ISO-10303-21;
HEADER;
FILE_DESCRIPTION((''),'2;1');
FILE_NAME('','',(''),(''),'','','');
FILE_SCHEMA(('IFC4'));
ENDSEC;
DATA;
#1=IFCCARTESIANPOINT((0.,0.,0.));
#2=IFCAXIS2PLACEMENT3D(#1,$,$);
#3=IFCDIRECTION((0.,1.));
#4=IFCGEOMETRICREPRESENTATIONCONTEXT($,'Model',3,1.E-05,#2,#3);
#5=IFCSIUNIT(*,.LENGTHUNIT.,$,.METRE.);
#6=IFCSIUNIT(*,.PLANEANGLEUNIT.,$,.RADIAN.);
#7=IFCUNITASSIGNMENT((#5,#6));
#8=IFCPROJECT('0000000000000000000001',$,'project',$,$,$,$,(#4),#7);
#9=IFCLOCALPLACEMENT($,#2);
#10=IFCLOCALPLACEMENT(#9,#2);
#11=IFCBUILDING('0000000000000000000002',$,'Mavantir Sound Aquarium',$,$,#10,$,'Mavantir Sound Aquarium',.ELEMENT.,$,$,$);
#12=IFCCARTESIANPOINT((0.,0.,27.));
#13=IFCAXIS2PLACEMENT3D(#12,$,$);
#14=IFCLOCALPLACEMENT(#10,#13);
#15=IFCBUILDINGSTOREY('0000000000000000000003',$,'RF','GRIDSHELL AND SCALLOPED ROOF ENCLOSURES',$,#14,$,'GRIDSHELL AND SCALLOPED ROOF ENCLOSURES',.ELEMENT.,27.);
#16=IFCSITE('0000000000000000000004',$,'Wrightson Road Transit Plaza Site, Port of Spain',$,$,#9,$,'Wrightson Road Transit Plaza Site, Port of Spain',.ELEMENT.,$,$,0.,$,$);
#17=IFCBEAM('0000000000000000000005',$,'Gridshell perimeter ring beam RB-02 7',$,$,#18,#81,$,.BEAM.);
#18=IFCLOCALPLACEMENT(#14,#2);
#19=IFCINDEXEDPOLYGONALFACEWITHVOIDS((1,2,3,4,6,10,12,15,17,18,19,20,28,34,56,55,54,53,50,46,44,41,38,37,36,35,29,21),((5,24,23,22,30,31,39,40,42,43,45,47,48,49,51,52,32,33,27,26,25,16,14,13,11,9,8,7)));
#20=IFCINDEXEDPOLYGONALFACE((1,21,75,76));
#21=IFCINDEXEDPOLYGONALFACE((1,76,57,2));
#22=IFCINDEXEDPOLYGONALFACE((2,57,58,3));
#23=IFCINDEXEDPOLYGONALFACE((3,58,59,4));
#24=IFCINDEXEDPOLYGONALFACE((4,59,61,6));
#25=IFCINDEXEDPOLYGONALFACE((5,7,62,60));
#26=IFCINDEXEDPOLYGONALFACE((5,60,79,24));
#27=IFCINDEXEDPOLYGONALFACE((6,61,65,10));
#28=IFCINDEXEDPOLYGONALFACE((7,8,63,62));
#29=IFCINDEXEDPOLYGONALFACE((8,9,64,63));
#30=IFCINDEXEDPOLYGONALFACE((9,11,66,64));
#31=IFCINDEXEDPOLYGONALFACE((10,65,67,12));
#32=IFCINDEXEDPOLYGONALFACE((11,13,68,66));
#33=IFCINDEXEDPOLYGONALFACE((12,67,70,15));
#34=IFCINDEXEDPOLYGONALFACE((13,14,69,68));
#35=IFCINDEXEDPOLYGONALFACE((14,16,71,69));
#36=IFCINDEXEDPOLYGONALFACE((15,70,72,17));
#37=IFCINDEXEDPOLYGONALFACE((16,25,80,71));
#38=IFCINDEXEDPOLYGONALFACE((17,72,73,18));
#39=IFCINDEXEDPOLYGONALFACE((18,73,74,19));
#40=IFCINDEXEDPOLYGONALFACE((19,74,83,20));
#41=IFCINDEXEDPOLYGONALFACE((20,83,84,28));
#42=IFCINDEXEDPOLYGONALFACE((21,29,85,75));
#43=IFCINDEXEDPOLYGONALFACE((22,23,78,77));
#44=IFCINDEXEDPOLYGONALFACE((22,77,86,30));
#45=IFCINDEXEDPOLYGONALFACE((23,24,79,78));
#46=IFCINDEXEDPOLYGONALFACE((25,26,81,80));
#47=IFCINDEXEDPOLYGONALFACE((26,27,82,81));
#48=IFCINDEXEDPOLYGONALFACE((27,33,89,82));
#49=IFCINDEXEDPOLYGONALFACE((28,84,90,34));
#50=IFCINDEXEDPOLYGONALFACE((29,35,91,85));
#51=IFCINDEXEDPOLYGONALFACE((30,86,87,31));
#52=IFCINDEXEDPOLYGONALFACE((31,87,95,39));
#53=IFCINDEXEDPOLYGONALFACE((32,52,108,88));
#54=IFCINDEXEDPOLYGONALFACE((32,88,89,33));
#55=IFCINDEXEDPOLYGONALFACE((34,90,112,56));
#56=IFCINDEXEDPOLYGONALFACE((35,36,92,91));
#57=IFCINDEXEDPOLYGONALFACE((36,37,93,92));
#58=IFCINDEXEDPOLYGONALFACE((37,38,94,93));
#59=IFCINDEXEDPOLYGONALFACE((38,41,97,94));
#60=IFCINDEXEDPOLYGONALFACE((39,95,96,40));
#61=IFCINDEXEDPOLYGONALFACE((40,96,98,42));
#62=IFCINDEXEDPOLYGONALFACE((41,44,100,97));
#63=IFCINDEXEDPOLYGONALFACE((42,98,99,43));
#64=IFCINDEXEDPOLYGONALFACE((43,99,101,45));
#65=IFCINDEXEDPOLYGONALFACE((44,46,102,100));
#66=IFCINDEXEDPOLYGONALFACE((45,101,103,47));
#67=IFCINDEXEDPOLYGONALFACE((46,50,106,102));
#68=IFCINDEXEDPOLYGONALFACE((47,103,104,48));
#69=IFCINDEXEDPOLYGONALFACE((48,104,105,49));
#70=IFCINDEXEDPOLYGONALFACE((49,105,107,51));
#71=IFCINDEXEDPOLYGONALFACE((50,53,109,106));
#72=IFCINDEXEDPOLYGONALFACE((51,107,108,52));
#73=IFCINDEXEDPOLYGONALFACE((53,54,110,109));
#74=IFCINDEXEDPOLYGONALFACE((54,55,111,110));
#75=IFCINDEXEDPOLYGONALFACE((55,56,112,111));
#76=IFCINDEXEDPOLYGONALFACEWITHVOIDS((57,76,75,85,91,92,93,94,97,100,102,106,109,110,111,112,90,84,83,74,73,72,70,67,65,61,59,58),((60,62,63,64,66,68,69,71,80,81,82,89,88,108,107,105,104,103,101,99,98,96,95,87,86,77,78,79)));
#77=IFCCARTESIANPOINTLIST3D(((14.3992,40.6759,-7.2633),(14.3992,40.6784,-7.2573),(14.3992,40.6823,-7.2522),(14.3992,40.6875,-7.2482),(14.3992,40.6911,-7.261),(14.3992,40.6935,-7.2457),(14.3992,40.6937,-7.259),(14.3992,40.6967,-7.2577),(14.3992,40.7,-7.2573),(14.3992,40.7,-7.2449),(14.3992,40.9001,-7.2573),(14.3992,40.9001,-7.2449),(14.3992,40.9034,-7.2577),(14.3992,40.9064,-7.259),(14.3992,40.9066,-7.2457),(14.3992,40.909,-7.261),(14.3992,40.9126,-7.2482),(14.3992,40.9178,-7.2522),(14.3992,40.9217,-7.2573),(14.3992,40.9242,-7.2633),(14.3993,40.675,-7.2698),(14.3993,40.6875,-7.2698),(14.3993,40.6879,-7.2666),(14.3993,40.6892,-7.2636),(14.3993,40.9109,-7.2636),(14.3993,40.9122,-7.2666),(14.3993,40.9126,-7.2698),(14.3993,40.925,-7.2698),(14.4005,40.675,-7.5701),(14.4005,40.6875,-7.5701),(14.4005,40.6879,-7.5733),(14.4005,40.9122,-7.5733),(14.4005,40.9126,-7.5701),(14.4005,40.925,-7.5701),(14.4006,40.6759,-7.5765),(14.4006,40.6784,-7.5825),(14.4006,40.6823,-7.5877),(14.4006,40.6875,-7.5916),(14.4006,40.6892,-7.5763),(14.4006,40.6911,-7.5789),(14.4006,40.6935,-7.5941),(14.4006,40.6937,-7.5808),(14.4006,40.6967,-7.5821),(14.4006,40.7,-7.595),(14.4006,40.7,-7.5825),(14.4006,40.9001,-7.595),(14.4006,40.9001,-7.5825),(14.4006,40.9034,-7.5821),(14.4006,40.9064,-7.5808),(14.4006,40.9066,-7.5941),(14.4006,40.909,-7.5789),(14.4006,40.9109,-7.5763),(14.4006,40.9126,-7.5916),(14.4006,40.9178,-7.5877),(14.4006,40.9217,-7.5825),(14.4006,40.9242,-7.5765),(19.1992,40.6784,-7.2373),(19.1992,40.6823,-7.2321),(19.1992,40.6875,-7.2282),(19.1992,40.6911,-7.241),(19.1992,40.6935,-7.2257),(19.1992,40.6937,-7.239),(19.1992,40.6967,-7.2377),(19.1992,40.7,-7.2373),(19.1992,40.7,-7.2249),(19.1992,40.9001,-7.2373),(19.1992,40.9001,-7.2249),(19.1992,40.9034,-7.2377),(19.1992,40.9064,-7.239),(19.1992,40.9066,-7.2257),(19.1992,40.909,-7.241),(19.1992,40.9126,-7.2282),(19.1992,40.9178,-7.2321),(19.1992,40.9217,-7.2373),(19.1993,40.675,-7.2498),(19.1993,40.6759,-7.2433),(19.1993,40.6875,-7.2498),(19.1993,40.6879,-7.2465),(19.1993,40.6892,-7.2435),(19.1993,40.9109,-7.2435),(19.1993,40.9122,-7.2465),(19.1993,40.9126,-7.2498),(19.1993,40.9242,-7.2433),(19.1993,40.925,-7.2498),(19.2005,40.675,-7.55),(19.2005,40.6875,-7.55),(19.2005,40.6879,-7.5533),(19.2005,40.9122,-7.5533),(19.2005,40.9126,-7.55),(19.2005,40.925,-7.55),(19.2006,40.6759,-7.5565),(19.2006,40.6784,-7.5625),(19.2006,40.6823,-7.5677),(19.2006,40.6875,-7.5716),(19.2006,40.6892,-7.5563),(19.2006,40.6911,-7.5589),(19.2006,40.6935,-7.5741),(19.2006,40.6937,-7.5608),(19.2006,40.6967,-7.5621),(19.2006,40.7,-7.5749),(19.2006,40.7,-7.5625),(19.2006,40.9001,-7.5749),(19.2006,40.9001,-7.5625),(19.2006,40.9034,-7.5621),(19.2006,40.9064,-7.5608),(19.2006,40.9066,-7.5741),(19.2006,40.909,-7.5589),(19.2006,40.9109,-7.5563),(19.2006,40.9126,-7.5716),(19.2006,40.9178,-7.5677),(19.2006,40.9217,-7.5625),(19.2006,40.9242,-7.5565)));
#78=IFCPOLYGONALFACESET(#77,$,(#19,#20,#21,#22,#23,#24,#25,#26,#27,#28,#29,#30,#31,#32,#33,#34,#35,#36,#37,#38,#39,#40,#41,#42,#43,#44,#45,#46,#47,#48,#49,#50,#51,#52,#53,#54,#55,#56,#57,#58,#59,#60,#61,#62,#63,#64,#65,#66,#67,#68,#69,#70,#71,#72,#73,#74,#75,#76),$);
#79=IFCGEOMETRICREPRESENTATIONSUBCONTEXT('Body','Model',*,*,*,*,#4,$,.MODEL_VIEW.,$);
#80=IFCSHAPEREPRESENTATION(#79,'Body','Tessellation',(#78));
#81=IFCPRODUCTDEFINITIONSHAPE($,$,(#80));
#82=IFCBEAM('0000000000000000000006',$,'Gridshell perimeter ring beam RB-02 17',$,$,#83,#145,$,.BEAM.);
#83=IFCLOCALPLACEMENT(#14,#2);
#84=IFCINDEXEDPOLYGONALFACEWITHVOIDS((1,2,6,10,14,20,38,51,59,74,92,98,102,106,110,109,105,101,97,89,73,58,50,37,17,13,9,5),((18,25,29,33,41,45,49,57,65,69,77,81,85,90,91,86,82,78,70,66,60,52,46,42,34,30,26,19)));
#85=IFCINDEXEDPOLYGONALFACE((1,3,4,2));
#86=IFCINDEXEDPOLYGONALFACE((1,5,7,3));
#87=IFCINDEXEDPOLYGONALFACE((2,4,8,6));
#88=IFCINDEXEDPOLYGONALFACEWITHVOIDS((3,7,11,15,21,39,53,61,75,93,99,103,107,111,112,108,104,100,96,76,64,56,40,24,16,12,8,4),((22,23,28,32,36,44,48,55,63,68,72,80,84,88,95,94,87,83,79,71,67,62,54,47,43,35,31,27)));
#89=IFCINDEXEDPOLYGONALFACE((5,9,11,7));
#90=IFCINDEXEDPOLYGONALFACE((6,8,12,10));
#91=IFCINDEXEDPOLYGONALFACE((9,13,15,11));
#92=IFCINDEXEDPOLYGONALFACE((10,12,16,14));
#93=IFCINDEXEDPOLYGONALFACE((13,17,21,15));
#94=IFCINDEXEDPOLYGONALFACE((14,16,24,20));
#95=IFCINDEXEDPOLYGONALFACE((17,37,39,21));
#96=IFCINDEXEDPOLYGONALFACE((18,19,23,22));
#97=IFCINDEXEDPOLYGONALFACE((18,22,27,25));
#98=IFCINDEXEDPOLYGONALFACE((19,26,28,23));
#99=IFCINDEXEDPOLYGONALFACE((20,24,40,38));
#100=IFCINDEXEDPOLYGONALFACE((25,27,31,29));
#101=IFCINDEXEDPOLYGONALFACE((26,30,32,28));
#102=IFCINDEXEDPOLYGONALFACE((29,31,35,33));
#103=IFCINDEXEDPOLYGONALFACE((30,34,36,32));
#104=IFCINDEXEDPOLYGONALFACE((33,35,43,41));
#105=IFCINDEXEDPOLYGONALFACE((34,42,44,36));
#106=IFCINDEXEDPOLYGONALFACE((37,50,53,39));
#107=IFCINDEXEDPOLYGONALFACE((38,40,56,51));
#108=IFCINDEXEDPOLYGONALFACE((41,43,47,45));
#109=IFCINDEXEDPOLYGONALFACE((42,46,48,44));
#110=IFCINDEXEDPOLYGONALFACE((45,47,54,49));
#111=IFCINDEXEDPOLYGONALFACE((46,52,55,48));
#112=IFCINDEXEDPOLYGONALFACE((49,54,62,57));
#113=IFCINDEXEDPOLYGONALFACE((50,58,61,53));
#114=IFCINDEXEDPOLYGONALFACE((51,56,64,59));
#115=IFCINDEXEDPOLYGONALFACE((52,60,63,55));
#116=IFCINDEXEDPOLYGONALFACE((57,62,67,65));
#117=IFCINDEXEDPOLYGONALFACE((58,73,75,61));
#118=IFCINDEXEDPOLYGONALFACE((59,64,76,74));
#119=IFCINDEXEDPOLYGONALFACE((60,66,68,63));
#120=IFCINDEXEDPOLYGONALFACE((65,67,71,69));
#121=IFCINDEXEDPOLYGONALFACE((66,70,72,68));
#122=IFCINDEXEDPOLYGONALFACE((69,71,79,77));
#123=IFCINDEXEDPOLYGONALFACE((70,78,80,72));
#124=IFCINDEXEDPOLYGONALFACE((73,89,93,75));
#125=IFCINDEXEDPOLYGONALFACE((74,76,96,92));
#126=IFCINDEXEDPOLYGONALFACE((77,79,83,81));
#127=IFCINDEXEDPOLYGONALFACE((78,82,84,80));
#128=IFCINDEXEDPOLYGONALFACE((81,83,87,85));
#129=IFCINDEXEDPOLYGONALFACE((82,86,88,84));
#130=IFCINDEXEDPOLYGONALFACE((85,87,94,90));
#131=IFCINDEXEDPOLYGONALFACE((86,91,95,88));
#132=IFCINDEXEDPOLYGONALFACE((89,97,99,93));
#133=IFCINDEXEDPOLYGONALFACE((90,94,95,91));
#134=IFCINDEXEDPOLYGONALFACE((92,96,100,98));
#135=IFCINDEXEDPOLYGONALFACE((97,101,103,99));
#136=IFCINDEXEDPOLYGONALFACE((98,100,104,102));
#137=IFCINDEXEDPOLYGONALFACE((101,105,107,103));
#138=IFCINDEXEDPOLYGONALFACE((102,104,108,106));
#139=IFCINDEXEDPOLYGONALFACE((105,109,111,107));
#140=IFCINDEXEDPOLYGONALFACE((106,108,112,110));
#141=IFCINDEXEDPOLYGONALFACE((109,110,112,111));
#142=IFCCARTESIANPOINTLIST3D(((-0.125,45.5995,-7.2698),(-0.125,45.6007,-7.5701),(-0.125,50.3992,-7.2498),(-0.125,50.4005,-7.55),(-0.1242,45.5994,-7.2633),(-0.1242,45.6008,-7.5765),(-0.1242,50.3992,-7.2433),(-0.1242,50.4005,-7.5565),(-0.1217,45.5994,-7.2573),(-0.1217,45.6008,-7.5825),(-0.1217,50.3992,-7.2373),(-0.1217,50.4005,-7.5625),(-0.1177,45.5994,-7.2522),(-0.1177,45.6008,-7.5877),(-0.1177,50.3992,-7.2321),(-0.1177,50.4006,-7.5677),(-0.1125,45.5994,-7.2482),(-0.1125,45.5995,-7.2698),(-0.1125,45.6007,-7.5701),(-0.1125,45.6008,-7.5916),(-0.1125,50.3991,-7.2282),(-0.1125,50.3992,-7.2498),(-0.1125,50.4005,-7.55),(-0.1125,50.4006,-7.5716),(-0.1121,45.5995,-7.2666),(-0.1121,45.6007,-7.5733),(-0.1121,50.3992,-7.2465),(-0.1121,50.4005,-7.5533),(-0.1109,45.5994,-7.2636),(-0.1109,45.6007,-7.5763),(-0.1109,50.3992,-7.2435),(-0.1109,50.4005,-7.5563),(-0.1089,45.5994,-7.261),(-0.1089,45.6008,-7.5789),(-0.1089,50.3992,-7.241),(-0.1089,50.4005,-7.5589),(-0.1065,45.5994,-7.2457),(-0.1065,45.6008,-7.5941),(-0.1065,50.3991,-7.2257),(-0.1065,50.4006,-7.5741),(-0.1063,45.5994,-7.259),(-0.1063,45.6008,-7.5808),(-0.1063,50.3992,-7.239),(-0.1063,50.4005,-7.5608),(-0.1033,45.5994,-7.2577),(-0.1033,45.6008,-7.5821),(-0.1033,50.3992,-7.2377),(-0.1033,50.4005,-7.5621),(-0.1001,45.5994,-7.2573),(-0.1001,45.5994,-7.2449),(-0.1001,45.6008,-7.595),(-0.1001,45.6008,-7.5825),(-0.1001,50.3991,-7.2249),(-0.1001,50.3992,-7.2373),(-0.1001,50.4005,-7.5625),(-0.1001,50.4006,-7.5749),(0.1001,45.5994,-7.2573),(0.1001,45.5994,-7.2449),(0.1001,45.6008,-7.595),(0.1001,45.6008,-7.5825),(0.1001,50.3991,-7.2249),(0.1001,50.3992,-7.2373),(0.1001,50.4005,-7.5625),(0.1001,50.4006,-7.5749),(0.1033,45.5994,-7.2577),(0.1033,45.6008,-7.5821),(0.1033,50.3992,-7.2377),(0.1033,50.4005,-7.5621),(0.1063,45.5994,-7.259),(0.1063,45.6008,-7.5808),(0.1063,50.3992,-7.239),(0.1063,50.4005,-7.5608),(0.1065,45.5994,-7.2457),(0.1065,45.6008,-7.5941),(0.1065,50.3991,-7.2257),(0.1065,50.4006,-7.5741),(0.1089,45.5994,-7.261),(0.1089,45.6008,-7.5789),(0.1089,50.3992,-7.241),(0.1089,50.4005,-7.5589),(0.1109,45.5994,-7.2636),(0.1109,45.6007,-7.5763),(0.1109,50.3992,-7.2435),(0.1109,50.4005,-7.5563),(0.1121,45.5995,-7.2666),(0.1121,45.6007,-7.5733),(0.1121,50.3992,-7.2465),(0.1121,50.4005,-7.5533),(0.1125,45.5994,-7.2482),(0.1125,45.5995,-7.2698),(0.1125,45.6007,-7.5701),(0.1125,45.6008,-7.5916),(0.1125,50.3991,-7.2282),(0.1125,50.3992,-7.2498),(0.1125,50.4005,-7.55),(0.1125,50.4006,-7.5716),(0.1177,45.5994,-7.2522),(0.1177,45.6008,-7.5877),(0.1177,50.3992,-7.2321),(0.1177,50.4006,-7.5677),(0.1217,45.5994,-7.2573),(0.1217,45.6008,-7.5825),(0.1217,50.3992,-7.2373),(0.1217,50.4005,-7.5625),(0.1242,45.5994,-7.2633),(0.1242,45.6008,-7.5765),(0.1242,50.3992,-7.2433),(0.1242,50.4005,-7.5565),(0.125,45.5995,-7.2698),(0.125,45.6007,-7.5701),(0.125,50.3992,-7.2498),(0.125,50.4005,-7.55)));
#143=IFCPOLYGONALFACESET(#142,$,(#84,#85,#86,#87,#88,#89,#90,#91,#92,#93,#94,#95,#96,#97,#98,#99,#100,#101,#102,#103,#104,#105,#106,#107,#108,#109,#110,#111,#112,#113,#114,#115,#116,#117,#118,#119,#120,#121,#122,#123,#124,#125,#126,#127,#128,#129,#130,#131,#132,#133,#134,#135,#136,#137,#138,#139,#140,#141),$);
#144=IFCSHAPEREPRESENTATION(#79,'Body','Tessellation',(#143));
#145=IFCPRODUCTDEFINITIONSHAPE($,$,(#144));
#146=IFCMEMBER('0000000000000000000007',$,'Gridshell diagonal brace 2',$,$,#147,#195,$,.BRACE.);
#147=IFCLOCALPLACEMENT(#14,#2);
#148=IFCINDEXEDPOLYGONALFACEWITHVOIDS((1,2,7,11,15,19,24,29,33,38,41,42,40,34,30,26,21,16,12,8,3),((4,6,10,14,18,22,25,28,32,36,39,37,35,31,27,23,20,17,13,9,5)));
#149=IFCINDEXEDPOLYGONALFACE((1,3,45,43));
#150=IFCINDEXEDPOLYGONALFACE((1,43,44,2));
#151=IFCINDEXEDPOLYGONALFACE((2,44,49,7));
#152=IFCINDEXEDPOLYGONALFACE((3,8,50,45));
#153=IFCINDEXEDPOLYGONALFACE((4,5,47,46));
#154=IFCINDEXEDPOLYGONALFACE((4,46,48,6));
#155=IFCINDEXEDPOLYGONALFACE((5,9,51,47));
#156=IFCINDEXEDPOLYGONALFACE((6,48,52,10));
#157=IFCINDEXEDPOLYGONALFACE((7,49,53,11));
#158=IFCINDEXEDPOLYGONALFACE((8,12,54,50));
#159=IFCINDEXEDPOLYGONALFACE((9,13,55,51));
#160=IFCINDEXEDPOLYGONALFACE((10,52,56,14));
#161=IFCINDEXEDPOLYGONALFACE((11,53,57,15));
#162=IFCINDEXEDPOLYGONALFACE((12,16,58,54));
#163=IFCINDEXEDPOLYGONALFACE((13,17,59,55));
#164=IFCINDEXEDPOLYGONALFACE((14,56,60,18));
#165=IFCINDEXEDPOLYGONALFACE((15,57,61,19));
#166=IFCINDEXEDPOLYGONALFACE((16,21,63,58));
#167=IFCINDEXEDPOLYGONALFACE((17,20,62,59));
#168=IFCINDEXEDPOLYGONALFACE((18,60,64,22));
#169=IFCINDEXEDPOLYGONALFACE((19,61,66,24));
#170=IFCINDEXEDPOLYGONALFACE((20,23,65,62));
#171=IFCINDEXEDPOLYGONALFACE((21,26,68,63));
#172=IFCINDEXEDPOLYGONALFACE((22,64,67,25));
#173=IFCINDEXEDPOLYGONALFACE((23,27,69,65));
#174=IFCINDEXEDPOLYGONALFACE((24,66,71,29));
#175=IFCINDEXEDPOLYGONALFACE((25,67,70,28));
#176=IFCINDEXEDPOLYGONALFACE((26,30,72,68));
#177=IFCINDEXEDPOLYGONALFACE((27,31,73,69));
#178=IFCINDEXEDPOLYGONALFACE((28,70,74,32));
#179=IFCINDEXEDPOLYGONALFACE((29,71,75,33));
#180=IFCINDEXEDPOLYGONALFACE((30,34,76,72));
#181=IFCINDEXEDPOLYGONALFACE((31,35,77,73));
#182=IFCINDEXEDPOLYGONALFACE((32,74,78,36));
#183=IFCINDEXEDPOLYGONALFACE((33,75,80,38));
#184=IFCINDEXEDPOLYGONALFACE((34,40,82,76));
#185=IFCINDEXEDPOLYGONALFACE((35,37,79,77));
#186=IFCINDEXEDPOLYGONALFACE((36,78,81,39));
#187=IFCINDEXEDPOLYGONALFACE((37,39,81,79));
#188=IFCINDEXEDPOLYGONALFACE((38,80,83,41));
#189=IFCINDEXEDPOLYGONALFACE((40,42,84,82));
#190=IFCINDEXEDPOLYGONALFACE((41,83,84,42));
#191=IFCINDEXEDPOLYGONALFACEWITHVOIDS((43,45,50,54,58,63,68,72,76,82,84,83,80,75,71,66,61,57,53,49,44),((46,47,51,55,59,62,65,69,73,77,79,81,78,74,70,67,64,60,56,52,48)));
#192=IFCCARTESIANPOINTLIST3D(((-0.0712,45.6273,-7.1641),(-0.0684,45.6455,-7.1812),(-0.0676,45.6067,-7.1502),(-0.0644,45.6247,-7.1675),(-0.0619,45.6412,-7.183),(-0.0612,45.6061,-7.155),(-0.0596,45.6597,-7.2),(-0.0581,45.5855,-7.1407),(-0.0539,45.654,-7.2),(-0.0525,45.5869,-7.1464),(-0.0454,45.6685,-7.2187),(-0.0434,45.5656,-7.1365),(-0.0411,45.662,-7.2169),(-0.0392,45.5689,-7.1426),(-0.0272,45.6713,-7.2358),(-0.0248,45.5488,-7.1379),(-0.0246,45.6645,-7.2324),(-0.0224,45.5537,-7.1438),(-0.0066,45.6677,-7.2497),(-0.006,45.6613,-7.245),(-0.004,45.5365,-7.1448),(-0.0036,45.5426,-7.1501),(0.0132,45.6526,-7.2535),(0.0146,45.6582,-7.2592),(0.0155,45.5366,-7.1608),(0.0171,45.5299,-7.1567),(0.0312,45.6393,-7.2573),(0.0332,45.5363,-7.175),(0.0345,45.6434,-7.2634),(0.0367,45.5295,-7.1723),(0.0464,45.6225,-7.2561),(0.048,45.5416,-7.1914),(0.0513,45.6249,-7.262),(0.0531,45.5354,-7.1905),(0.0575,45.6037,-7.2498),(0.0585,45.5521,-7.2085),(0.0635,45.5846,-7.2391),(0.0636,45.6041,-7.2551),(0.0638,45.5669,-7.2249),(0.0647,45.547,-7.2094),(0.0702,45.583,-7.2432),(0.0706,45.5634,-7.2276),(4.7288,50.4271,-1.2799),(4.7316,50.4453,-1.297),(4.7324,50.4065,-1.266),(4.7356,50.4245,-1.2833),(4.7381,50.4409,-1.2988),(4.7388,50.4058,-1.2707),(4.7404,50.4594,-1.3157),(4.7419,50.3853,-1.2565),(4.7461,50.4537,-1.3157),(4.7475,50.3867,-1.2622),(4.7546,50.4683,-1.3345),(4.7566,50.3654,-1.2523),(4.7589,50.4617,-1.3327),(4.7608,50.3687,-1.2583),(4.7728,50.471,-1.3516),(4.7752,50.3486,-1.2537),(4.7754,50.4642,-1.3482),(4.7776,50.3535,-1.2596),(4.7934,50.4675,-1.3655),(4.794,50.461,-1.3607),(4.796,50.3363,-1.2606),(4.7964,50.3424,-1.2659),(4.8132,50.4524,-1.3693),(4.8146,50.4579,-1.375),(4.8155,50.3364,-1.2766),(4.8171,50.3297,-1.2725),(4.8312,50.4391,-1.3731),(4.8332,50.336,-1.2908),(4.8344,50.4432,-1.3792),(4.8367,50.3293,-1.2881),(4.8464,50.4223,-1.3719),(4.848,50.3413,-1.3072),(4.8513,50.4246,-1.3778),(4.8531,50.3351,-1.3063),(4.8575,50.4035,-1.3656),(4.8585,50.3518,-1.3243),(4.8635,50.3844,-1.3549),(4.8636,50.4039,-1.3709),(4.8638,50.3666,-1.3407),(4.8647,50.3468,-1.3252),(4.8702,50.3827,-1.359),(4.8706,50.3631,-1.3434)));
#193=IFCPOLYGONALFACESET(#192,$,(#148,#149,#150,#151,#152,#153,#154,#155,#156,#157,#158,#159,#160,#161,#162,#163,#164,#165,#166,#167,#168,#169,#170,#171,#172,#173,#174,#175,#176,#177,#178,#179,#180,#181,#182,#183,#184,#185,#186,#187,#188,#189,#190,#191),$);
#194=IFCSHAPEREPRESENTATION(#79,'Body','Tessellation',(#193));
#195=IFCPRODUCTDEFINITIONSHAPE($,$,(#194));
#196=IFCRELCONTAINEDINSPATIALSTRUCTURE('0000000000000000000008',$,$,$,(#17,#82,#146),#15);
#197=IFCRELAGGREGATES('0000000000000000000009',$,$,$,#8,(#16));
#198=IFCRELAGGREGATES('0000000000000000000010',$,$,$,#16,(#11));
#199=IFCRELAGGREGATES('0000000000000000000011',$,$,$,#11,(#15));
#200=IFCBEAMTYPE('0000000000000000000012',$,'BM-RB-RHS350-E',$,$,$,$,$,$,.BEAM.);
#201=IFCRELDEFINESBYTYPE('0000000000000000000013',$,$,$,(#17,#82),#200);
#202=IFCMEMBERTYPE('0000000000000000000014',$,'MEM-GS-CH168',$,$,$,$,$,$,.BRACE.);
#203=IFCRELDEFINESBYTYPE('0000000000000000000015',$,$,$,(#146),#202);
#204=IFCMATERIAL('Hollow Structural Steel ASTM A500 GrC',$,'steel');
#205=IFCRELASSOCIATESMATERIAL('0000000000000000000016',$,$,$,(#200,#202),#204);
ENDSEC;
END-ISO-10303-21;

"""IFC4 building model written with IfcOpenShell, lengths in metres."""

from ifc_helpers import new_model, si_unit, direction, frame, origin, origin_2d, place, context, subcontext, project, spatial, hollow_rectangle, hollow_circle, extrude, material, material_profile, profile_set, type_object, element, save


model = new_model("IFC4")

# Units and contexts
model_context = context("Model", 3, precision=1e-05, world=origin(), true_north=direction((0.0, 1.0)))
body_context = subcontext(model_context, "Body", "Model", "MODEL_VIEW")
ifc_project = project(units=[si_unit("LENGTHUNIT", "METRE"), si_unit("PLANEANGLEUNIT", "RADIAN")], contexts=[model_context])

# Site, building, storey
site_placement = place(None, origin())
site = spatial("IfcSite", under=ifc_project, at=site_placement, Name="Wrightson Road Transit Plaza Site, Port of Spain", LongName="Wrightson Road Transit Plaza Site, Port of Spain", CompositionType="ELEMENT", RefElevation=0.0)
building_placement = place(site_placement, origin())
building = spatial("IfcBuilding", under=site, at=building_placement, Name="Mavantir Sound Aquarium", LongName="Mavantir Sound Aquarium", CompositionType="ELEMENT")
storey_placement = place(building_placement, frame((0.0, 0.0, 27.0)))
storey = spatial("IfcBuildingStorey", under=building, at=storey_placement, Name="RF", Description="GRIDSHELL AND SCALLOPED ROOF ENCLOSURES", LongName="GRIDSHELL AND SCALLOPED ROOF ENCLOSURES", CompositionType="ELEMENT", Elevation=27.0)

# Beams
ifc_material_1 = material(Name="Hollow Structural Steel ASTM A500 GrC", Category="steel")
ifc_material_profile_1 = material_profile(ifc_material_1, hollow_rectangle(XDim=0.25, YDim=0.3501, WallThickness=0.0125, InnerFilletRadius=0.0125, OuterFilletRadius=0.0249, at=origin_2d()), Name="RHS 350X250X12.5")
ifc_profile_set_1 = profile_set([ifc_material_profile_1], Name="Hollow Structural Steel ASTM A500 GrC")
beam_type = type_object("IfcBeamType", Name="BM-RB-RHS350-E", PredefinedType="BEAM", material=ifc_profile_set_1)
beam_1_placement = place(storey_placement, frame((14.3999, 40.8, -7.4199), z_axis=(0.999991, 0.0, 0.004171), x_axis=(0.0, 1.0, 0.0)))
element("IfcBeam", 1, at=beam_1_placement, inside=storey, type_object=beam_type, Name="Gridshell perimeter ring beam RB-02 7", PredefinedType="BEAM", context=body_context, shape_type="SweptSolid", body=[
    extrude(hollow_rectangle(XDim=0.25, YDim=0.3501, WallThickness=0.0125, InnerFilletRadius=0.0125, OuterFilletRadius=0.0249, at=origin_2d()), origin(), (0.0, 0.0, 1.0), 4.8),
])
beam_2_placement = place(storey_placement, frame((0.0, 45.6001, -7.4199), z_axis=(0.0, 0.999991, 0.004171), x_axis=(-1.0, 0.0, 0.0)))
element("IfcBeam", 2, at=beam_2_placement, inside=storey, type_object=beam_type, Name="Gridshell perimeter ring beam RB-02 17", PredefinedType="BEAM", context=body_context, shape_type="SweptSolid", body=[
    extrude(hollow_rectangle(XDim=0.25, YDim=0.3501, WallThickness=0.0125, InnerFilletRadius=0.0125, OuterFilletRadius=0.0249, at=origin_2d()), origin(), (0.0, 0.0, 1.0), 4.7998),
])

# Member
ifc_material_profile_2 = material_profile(ifc_material_1, hollow_circle(Radius=0.0842, WallThickness=0.0081, at=origin_2d()), Name="CHS 168.3X8")
ifc_profile_set_2 = profile_set([ifc_material_profile_2], Name="Hollow Structural Steel ASTM A500 GrC")
member_type_1 = type_object("IfcMemberType", Name="MEM-GS-CH168", PredefinedType="BRACE", material=ifc_profile_set_2)
member_1_placement = place(storey_placement, frame((0.0, 45.6001, -7.2), z_axis=(0.534318, 0.534291, 0.655009), x_axis=(-0.707089, 0.707125, 0.0)))
element("IfcMember", 3, at=member_1_placement, inside=storey, type_object=member_type_1, Name="Gridshell diagonal brace 2", PredefinedType="BRACE", context=body_context, shape_type="SweptSolid", body=[
    extrude(hollow_circle(Radius=0.0842, WallThickness=0.0081, at=origin_2d()), origin(), (0.0, 0.0, 1.0), 8.9834),
])

save(model, "model.ifc")
